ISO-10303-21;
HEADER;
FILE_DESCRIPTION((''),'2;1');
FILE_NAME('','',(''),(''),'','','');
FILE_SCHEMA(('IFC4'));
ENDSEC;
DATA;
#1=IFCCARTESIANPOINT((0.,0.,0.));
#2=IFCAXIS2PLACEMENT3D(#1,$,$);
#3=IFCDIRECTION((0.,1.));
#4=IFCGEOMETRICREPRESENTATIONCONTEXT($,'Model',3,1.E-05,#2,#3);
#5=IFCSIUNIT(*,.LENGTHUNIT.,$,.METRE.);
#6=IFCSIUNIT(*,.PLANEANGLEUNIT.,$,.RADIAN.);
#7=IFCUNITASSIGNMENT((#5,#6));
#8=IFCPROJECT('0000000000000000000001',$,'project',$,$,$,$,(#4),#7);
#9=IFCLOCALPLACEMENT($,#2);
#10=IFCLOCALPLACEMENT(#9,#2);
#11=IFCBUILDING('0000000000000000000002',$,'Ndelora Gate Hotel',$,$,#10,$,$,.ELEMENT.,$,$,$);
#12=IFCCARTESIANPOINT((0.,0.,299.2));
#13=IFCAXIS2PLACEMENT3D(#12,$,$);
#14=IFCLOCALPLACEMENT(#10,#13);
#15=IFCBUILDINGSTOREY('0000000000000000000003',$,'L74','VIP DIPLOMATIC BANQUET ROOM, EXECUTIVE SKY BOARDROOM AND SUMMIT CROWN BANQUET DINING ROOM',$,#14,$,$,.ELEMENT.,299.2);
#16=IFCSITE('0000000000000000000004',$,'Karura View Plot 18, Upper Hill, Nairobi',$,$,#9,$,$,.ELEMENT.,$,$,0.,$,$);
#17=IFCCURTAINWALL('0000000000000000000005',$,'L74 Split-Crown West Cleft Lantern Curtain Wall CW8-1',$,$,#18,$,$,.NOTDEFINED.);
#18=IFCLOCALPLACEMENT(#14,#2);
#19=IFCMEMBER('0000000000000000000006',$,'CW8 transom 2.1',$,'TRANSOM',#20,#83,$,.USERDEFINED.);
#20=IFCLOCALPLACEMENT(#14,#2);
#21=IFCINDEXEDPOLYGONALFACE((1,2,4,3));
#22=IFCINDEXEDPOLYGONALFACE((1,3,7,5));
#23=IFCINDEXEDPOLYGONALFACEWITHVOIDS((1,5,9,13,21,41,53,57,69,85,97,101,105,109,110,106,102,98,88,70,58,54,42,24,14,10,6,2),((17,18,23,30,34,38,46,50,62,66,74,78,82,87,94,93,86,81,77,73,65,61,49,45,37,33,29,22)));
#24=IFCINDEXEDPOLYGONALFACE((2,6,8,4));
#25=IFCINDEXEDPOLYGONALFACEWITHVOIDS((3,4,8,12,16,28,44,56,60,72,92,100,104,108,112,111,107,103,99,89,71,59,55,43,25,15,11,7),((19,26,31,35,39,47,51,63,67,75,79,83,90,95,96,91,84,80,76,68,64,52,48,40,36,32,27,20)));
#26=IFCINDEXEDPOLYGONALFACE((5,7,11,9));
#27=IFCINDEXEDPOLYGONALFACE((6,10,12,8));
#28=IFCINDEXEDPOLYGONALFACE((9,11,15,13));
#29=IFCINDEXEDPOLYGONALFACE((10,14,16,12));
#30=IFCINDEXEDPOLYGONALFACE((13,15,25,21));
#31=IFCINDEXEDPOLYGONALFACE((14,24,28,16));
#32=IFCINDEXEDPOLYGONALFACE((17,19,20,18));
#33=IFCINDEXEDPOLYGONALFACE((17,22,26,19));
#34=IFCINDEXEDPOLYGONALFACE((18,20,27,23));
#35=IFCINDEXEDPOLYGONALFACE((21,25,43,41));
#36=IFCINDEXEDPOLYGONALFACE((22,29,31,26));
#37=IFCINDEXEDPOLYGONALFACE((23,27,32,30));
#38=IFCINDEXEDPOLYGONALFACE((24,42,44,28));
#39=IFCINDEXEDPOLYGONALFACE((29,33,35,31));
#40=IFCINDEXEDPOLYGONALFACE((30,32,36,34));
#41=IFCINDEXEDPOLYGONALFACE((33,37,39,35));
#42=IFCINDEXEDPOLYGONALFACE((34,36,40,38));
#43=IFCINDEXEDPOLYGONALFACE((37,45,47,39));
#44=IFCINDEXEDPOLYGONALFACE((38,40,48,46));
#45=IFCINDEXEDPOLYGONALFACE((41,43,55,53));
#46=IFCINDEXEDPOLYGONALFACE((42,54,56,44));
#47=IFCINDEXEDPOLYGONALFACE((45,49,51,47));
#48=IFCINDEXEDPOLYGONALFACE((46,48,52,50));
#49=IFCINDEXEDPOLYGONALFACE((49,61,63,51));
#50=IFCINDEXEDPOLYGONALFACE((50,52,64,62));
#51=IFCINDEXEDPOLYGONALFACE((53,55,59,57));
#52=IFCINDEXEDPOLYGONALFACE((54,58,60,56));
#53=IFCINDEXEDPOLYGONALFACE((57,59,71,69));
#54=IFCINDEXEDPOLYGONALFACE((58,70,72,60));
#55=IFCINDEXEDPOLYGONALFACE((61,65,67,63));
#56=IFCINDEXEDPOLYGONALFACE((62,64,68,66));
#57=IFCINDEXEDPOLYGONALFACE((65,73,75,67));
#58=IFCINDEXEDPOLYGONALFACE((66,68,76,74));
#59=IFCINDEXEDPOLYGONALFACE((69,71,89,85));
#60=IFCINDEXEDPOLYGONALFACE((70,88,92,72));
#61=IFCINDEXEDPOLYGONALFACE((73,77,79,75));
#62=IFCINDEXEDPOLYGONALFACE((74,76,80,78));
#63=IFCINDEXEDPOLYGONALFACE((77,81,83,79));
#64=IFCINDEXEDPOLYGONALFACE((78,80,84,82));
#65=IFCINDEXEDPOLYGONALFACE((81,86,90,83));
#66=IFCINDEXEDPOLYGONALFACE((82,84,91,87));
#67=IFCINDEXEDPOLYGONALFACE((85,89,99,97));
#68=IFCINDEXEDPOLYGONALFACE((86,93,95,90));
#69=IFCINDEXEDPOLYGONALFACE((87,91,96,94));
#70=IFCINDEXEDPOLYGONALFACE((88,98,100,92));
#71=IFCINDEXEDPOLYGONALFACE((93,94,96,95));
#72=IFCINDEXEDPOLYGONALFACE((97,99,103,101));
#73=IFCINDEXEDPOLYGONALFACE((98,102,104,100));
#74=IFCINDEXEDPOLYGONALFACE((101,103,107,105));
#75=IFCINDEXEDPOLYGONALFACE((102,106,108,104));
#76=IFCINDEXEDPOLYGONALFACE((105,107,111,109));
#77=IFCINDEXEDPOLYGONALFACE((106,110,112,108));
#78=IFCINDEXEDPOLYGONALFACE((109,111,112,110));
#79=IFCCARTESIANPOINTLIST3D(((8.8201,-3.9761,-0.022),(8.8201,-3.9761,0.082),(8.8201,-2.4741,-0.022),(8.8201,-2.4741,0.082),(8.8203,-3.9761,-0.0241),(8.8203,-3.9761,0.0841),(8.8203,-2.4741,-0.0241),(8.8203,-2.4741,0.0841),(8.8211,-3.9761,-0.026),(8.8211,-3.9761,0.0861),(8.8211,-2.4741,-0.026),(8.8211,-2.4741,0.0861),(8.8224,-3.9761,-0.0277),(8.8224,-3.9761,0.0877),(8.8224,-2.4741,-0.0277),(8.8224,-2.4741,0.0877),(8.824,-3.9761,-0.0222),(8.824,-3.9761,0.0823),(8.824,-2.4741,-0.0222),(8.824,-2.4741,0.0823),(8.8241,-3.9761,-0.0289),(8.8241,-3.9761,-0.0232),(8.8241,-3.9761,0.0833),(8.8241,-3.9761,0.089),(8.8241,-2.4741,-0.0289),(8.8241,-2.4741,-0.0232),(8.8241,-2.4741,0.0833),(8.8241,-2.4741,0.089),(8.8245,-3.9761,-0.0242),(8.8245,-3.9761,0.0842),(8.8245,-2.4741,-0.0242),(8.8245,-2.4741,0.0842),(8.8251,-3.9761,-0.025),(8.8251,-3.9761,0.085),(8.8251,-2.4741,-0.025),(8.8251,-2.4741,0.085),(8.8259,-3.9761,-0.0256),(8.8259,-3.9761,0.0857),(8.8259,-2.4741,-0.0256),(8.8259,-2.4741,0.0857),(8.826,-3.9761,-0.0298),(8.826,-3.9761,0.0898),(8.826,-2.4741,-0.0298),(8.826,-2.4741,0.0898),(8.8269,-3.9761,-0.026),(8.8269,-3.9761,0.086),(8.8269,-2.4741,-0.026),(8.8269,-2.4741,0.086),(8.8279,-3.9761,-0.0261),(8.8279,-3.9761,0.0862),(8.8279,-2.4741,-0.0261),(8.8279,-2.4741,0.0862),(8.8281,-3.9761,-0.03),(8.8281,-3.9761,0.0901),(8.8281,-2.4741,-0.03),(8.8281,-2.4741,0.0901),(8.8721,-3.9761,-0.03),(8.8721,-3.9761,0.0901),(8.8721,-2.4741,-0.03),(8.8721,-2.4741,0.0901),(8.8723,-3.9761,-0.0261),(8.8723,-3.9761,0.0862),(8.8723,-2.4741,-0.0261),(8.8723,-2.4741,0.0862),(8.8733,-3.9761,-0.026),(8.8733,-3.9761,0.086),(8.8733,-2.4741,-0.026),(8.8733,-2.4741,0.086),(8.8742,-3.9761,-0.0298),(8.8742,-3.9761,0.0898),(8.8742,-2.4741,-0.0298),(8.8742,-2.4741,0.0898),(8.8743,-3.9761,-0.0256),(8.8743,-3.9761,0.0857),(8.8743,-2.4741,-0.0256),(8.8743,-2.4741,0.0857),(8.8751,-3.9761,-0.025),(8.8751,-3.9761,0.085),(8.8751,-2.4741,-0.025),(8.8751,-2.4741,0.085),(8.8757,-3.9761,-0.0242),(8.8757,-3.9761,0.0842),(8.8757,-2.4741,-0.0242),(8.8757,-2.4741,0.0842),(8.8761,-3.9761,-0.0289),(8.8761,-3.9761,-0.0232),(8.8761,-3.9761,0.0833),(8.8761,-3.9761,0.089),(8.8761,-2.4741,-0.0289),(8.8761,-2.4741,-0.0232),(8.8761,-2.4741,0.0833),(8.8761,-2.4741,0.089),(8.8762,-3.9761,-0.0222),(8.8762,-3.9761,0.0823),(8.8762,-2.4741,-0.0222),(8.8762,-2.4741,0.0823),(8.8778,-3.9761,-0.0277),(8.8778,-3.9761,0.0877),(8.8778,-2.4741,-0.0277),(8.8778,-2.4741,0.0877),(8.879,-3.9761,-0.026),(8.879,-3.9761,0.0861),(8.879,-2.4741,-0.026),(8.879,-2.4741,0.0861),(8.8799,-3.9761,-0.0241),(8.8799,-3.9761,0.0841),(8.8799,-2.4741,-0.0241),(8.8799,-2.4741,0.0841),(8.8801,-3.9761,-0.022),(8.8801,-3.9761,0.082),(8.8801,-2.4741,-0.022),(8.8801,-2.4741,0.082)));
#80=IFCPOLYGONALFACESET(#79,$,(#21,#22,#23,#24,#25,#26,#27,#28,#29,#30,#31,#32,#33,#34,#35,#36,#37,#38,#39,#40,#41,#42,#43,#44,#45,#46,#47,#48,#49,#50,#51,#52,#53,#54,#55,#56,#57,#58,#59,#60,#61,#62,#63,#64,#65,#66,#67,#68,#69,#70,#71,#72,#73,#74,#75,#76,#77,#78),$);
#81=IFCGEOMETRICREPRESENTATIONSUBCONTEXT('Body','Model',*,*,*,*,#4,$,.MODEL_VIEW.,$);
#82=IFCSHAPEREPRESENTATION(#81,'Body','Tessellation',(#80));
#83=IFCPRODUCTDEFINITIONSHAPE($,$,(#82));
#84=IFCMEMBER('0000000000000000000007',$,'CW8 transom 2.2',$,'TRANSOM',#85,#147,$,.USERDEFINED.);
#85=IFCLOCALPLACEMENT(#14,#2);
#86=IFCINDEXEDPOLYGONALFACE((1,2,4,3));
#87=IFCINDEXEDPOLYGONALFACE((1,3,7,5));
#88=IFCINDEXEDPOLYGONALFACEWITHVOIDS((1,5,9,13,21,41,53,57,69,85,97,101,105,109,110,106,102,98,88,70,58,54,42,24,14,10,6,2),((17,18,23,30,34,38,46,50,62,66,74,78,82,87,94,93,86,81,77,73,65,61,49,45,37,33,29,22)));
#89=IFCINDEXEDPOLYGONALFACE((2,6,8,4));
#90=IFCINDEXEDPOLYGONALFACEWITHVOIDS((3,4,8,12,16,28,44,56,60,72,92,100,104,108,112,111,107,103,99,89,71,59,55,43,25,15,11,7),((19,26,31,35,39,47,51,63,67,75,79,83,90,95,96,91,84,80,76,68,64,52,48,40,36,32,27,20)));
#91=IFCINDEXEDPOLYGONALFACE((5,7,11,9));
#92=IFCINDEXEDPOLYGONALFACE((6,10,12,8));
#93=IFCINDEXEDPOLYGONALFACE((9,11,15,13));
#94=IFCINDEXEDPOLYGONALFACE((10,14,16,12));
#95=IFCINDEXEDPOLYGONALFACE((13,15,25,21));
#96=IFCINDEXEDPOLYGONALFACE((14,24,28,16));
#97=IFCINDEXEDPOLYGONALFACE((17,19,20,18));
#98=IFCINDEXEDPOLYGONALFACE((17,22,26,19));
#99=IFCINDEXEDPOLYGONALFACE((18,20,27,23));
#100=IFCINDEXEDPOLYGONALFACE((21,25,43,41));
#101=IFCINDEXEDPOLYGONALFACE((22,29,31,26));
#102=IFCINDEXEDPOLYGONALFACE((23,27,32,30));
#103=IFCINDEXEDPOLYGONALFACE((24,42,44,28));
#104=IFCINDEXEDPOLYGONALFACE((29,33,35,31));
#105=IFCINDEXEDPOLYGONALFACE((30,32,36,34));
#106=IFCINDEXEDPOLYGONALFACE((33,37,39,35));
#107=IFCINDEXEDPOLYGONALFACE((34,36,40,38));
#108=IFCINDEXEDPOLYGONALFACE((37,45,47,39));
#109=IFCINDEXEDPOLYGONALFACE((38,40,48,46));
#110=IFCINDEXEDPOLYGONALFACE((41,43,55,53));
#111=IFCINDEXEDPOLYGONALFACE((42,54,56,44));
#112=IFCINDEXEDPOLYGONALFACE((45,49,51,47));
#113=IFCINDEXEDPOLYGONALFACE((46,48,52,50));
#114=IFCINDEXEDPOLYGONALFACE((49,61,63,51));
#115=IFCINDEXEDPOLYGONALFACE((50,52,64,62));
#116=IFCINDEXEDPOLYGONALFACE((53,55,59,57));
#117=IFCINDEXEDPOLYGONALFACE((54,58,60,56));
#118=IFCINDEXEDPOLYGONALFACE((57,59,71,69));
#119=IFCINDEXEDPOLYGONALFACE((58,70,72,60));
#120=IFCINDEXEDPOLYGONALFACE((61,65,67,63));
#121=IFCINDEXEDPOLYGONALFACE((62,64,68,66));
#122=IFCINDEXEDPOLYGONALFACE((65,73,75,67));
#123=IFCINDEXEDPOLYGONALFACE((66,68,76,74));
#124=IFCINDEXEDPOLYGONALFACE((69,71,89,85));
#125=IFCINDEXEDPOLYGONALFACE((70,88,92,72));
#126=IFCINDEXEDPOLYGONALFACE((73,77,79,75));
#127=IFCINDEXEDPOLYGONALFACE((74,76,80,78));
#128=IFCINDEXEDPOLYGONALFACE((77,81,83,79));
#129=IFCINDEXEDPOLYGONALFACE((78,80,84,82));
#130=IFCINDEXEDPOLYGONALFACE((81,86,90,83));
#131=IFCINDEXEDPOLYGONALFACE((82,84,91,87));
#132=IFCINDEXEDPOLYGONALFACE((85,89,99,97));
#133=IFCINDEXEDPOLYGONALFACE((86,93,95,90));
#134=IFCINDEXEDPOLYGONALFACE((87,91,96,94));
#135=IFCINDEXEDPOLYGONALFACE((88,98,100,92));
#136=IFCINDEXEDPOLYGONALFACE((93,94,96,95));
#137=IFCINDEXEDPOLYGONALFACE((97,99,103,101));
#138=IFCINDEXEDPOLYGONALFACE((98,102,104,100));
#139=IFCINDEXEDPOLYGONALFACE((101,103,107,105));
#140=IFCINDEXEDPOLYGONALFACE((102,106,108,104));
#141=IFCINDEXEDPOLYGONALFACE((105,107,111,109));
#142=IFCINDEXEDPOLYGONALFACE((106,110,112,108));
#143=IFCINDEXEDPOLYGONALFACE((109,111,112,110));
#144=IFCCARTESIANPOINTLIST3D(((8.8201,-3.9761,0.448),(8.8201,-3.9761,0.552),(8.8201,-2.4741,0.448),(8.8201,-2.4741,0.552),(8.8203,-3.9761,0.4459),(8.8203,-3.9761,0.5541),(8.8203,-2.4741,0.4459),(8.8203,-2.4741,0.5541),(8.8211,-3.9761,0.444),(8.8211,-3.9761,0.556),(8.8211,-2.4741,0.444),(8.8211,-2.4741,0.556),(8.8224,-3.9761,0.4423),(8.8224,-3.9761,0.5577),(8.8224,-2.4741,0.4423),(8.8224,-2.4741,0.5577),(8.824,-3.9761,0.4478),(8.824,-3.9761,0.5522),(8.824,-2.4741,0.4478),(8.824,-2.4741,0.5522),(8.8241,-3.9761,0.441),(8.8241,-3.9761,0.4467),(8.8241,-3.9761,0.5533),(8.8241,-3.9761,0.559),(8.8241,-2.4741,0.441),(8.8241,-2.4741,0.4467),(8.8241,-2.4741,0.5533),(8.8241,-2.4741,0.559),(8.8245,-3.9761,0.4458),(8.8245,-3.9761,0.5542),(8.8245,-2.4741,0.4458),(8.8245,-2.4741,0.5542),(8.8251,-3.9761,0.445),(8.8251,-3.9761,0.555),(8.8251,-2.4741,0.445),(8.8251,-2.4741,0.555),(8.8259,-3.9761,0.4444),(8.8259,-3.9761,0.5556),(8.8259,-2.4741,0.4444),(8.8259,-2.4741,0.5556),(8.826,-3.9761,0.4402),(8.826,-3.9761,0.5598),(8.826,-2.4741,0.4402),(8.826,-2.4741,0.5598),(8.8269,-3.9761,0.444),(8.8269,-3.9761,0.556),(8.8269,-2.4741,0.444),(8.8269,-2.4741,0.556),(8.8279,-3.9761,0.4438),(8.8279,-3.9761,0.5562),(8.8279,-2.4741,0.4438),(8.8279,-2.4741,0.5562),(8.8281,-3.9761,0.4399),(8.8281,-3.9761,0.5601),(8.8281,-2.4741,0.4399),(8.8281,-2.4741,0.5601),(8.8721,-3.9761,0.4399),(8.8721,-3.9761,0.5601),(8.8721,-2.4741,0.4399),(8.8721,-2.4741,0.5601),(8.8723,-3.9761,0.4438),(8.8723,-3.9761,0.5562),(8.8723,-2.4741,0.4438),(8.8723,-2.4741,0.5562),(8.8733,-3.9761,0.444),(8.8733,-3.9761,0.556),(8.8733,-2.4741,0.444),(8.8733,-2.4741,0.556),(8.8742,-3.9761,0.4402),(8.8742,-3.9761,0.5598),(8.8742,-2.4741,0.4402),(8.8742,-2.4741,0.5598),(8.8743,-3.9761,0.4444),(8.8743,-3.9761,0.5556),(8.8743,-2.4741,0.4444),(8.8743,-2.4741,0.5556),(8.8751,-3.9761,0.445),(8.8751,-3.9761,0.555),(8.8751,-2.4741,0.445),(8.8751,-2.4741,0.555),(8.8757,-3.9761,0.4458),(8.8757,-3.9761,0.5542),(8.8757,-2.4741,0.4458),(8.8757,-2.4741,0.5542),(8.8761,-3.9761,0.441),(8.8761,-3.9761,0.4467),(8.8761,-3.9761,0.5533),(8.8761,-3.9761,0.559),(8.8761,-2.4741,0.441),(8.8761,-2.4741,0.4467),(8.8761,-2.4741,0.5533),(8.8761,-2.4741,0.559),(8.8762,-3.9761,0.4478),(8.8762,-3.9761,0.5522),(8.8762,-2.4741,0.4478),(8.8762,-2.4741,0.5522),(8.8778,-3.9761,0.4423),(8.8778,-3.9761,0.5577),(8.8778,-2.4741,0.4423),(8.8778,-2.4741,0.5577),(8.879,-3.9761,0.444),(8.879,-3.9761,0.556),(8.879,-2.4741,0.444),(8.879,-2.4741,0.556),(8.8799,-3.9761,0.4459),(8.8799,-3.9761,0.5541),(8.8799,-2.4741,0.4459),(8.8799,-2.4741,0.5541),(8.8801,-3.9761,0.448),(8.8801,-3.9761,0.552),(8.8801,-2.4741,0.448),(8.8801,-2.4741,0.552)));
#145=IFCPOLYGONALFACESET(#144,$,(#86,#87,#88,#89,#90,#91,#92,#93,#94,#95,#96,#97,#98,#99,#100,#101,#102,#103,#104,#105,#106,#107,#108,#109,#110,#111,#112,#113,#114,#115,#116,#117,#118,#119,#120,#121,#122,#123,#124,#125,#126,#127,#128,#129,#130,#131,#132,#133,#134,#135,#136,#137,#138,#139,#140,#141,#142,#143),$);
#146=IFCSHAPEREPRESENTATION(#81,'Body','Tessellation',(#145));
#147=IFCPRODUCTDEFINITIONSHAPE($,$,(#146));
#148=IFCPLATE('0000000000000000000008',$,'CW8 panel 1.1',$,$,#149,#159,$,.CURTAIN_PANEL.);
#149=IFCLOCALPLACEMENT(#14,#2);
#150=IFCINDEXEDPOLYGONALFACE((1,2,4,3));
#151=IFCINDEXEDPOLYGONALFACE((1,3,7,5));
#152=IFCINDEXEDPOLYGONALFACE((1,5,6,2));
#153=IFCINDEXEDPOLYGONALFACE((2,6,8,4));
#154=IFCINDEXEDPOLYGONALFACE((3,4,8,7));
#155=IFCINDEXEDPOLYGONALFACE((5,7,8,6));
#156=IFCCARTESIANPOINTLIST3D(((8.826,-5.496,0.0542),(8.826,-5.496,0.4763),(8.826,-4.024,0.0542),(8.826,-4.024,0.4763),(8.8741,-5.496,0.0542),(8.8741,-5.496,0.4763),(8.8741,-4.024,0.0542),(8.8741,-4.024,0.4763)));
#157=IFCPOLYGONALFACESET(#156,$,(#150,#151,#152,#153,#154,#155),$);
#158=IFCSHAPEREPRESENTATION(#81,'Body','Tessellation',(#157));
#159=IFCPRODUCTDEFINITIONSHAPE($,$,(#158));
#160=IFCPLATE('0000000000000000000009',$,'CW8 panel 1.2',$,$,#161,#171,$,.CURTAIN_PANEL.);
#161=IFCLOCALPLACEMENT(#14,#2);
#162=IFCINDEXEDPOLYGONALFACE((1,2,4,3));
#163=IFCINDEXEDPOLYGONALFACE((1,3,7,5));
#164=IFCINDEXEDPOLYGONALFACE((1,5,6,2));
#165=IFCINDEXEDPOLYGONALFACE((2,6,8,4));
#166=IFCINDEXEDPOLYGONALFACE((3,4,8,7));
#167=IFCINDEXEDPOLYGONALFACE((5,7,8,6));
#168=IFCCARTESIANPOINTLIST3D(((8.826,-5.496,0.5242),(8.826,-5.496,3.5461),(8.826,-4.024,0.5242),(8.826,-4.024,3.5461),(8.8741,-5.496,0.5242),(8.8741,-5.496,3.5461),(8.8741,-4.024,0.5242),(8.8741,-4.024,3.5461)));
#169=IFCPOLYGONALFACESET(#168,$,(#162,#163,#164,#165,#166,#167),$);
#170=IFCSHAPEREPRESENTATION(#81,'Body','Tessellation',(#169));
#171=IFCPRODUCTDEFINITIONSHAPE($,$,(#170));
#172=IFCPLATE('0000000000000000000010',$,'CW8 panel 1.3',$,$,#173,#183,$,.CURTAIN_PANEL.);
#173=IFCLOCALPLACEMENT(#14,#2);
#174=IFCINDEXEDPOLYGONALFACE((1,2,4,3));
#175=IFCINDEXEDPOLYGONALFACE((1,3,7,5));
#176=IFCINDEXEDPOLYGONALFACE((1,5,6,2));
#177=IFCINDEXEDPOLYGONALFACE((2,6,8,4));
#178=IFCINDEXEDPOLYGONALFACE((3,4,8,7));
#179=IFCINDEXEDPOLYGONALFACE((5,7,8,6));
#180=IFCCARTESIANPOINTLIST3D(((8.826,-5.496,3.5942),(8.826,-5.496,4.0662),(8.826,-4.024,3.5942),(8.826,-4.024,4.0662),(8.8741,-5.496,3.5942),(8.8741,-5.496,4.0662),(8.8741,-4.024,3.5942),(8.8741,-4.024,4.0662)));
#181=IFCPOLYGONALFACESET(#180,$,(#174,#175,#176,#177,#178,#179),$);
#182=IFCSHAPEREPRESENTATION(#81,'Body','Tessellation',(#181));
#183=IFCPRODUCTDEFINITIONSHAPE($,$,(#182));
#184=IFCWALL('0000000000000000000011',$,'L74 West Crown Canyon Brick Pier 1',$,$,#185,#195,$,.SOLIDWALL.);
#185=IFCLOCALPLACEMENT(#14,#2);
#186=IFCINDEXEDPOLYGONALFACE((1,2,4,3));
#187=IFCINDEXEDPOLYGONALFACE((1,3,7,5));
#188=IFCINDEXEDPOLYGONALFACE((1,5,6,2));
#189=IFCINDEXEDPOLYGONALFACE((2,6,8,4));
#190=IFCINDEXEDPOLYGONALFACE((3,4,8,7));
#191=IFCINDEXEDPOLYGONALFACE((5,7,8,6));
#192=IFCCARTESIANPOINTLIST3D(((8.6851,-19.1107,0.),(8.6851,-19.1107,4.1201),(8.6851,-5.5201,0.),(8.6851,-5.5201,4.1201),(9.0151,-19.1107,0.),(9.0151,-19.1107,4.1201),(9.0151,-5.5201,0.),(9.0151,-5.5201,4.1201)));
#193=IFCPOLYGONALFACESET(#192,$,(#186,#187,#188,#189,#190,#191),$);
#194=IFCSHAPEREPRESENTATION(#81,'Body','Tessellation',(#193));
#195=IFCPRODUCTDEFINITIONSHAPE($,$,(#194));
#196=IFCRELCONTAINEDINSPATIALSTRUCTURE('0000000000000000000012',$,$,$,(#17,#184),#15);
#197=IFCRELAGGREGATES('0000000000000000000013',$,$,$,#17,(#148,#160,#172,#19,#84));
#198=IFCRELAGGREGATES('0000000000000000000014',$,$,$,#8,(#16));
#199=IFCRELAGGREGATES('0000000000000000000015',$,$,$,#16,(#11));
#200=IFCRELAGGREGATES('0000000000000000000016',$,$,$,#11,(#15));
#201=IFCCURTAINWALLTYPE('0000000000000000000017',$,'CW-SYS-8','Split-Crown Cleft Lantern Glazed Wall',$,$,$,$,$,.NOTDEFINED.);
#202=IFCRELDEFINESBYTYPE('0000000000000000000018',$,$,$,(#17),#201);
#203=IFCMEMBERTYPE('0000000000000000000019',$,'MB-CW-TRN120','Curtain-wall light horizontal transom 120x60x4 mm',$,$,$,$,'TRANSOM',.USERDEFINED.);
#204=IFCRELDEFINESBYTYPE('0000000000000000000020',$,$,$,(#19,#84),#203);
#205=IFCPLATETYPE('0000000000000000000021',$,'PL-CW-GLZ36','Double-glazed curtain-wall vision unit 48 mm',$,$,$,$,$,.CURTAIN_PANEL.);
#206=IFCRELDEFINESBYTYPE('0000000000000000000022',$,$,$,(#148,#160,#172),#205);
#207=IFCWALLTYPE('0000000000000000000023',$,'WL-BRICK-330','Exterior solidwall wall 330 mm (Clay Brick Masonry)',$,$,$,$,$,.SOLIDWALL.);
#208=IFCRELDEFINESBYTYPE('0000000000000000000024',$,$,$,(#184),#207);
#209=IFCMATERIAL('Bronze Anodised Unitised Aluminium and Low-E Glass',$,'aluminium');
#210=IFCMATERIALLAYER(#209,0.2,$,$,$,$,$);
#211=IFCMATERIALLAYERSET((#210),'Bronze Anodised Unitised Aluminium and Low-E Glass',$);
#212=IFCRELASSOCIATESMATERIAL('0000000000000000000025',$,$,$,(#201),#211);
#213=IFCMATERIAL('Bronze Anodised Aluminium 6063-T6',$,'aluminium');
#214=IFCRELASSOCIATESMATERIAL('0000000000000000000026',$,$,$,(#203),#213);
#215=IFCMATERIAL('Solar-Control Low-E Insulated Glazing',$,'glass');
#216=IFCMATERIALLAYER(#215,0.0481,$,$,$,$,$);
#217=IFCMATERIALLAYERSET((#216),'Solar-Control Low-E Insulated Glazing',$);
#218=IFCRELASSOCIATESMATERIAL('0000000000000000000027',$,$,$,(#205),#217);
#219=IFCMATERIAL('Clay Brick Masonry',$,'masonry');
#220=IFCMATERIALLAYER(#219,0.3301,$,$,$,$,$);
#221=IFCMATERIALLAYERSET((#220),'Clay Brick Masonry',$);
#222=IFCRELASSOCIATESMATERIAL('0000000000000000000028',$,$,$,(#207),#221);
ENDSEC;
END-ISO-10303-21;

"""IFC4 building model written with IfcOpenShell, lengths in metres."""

from ifc_helpers import new_model, si_unit, direction, frame, frame_2d, origin, origin_2d, place, context, subcontext, project, spatial, rectangle, hollow_rectangle, extrude, material, layer, layer_set, material_profile, profile_set, type_object, element, aggregate, save


model = new_model("IFC4")

# Units and contexts
model_context = context("Model", 3, precision=1e-05, world=origin(), true_north=direction((0.0, 1.0)))
body_context = subcontext(model_context, "Body", "Model", "MODEL_VIEW")
ifc_project = project(units=[si_unit("LENGTHUNIT", "METRE"), si_unit("PLANEANGLEUNIT", "RADIAN")], contexts=[model_context])

# Site, building, storey
site_placement = place(None, origin())
site = spatial("IfcSite", under=ifc_project, at=site_placement, Name="Karura View Plot 18, Upper Hill, Nairobi", CompositionType="ELEMENT", RefElevation=0.0)
building_placement = place(site_placement, origin())
building = spatial("IfcBuilding", under=site, at=building_placement, Name="Ndelora Gate Hotel", CompositionType="ELEMENT")
storey_placement = place(building_placement, frame((0.0, 0.0, 299.2)))
storey = spatial("IfcBuildingStorey", under=building, at=storey_placement, Name="L74", Description="VIP DIPLOMATIC BANQUET ROOM, EXECUTIVE SKY BOARDROOM AND SUMMIT CROWN BANQUET DINING ROOM", CompositionType="ELEMENT", Elevation=299.2)

# Curtain wall, members, plates
ifc_material_1 = material(Name="Bronze Anodised Unitised Aluminium and Low-E Glass", Category="aluminium")
ifc_layer_1 = layer(ifc_material_1, 0.2)
ifc_layer_set_1 = layer_set([ifc_layer_1], Name="Bronze Anodised Unitised Aluminium and Low-E Glass")
curtain_wall_type = type_object("IfcCurtainWallType", Name="CW-SYS-8", Description="Split-Crown Cleft Lantern Glazed Wall", PredefinedType="NOTDEFINED", material=ifc_layer_set_1)
curtain_wall_placement = place(storey_placement, origin())
curtain_wall = element("IfcCurtainWall", 1, at=curtain_wall_placement, inside=storey, type_object=curtain_wall_type, Name="L74 Split-Crown West Cleft Lantern Curtain Wall CW8-1", PredefinedType="NOTDEFINED")
ifc_material_2 = material(Name="Bronze Anodised Aluminium 6063-T6", Category="aluminium")
ifc_material_profile_1 = material_profile(ifc_material_2, hollow_rectangle(XDim=0.0601, YDim=0.1201, WallThickness=0.0039, InnerFilletRadius=0.0039, OuterFilletRadius=0.0081, at=origin_2d()), Name="ALU 120x60x4")
ifc_profile_set_1 = profile_set([ifc_material_profile_1], Name="Bronze Anodised Aluminium 6063-T6")
member_type_1 = type_object("IfcMemberType", Name="MB-CW-TRN120", Description="Curtain-wall light horizontal transom 120x60x4 mm", ElementType="TRANSOM", PredefinedType="USERDEFINED", material=ifc_profile_set_1)
member_1_placement = place(storey_placement, frame((8.8501, -3.9761, 0.03), z_axis=(0.0, 1.0, 0.0), x_axis=(-1.0, 0.0, 0.0)))
member_1 = element("IfcMember", 2, at=member_1_placement, type_object=member_type_1, Name="CW8 transom 2.1", ObjectType="TRANSOM", PredefinedType="USERDEFINED", context=body_context, shape_type="SweptSolid", body=[
    extrude(hollow_rectangle(XDim=0.0601, YDim=0.1201, WallThickness=0.0039, InnerFilletRadius=0.0039, OuterFilletRadius=0.0081, at=origin_2d()), origin(), (0.0, 0.0, 1.0), 1.502),
])
member_2_placement = place(storey_placement, frame((8.8501, -3.9761, 0.5), z_axis=(0.0, 1.0, 0.0), x_axis=(-1.0, 0.0, 0.0)))
member_2 = element("IfcMember", 3, at=member_2_placement, type_object=member_type_1, Name="CW8 transom 2.2", ObjectType="TRANSOM", PredefinedType="USERDEFINED", context=body_context, shape_type="SweptSolid", body=[
    extrude(hollow_rectangle(XDim=0.0601, YDim=0.1201, WallThickness=0.0039, InnerFilletRadius=0.0039, OuterFilletRadius=0.0081, at=origin_2d()), origin(), (0.0, 0.0, 1.0), 1.502),
])
ifc_material_3 = material(Name="Solar-Control Low-E Insulated Glazing", Category="glass")
ifc_layer_2 = layer(ifc_material_3, 0.0481)
ifc_layer_set_2 = layer_set([ifc_layer_2], Name="Solar-Control Low-E Insulated Glazing")
plate_type = type_object("IfcPlateType", Name="PL-CW-GLZ36", Description="Double-glazed curtain-wall vision unit 48 mm", PredefinedType="CURTAIN_PANEL", material=ifc_layer_set_2)
plate_1_placement = place(storey_placement, frame((8.8501, -4.76, 0.0542), z_axis=(0.0, 0.0, 1.0), x_axis=(0.0, 1.0, 0.0)))
plate_1 = element("IfcPlate", 4, at=plate_1_placement, type_object=plate_type, Name="CW8 panel 1.1", PredefinedType="CURTAIN_PANEL", context=body_context, shape_type="SweptSolid", body=[
    extrude(rectangle(XDim=1.4719, YDim=0.0481, at=origin_2d()), origin(), (0.0, 0.0, 1.0), 0.4221),
])
plate_2_placement = place(storey_placement, frame((8.8501, -4.76, 0.5242), z_axis=(0.0, 0.0, 1.0), x_axis=(0.0, 1.0, 0.0)))
plate_2 = element("IfcPlate", 5, at=plate_2_placement, type_object=plate_type, Name="CW8 panel 1.2", PredefinedType="CURTAIN_PANEL", context=body_context, shape_type="SweptSolid", body=[
    extrude(rectangle(XDim=1.4719, YDim=0.0481, at=origin_2d()), origin(), (0.0, 0.0, 1.0), 3.022),
])
plate_3_placement = place(storey_placement, frame((8.8501, -4.76, 3.5942), z_axis=(0.0, 0.0, 1.0), x_axis=(0.0, 1.0, 0.0)))
plate_3 = element("IfcPlate", 6, at=plate_3_placement, type_object=plate_type, Name="CW8 panel 1.3", PredefinedType="CURTAIN_PANEL", context=body_context, shape_type="SweptSolid", body=[
    extrude(rectangle(XDim=1.4719, YDim=0.0481, at=origin_2d()), origin(), (0.0, 0.0, 1.0), 0.4719),
])
aggregate(curtain_wall, [plate_1, plate_2, plate_3, member_1, member_2])

# Wall
ifc_material_4 = material(Name="Clay Brick Masonry", Category="masonry")
ifc_layer_3 = layer(ifc_material_4, 0.3301)
ifc_layer_set_3 = layer_set([ifc_layer_3], Name="Clay Brick Masonry")
wall_type_1 = type_object("IfcWallType", Name="WL-BRICK-330", Description="Exterior solidwall wall 330 mm (Clay Brick Masonry)", PredefinedType="SOLIDWALL", material=ifc_layer_set_3)
wall_1_placement = place(storey_placement, frame((8.8501, -5.52, 0.0), z_axis=(0.0, 0.0, 1.0), x_axis=(0.0, -1.0, 0.0)))
element("IfcWall", 7, at=wall_1_placement, inside=storey, type_object=wall_type_1, Name="L74 West Crown Canyon Brick Pier 1", PredefinedType="SOLIDWALL", context=body_context, shape_type="SweptSolid", body=[
    extrude(rectangle(XDim=13.5906, YDim=0.3301, at=frame_2d((6.7954, 0.0))), origin(), (0.0, 0.0, 1.0), 4.1201),
])

save(model, "model.ifc")
